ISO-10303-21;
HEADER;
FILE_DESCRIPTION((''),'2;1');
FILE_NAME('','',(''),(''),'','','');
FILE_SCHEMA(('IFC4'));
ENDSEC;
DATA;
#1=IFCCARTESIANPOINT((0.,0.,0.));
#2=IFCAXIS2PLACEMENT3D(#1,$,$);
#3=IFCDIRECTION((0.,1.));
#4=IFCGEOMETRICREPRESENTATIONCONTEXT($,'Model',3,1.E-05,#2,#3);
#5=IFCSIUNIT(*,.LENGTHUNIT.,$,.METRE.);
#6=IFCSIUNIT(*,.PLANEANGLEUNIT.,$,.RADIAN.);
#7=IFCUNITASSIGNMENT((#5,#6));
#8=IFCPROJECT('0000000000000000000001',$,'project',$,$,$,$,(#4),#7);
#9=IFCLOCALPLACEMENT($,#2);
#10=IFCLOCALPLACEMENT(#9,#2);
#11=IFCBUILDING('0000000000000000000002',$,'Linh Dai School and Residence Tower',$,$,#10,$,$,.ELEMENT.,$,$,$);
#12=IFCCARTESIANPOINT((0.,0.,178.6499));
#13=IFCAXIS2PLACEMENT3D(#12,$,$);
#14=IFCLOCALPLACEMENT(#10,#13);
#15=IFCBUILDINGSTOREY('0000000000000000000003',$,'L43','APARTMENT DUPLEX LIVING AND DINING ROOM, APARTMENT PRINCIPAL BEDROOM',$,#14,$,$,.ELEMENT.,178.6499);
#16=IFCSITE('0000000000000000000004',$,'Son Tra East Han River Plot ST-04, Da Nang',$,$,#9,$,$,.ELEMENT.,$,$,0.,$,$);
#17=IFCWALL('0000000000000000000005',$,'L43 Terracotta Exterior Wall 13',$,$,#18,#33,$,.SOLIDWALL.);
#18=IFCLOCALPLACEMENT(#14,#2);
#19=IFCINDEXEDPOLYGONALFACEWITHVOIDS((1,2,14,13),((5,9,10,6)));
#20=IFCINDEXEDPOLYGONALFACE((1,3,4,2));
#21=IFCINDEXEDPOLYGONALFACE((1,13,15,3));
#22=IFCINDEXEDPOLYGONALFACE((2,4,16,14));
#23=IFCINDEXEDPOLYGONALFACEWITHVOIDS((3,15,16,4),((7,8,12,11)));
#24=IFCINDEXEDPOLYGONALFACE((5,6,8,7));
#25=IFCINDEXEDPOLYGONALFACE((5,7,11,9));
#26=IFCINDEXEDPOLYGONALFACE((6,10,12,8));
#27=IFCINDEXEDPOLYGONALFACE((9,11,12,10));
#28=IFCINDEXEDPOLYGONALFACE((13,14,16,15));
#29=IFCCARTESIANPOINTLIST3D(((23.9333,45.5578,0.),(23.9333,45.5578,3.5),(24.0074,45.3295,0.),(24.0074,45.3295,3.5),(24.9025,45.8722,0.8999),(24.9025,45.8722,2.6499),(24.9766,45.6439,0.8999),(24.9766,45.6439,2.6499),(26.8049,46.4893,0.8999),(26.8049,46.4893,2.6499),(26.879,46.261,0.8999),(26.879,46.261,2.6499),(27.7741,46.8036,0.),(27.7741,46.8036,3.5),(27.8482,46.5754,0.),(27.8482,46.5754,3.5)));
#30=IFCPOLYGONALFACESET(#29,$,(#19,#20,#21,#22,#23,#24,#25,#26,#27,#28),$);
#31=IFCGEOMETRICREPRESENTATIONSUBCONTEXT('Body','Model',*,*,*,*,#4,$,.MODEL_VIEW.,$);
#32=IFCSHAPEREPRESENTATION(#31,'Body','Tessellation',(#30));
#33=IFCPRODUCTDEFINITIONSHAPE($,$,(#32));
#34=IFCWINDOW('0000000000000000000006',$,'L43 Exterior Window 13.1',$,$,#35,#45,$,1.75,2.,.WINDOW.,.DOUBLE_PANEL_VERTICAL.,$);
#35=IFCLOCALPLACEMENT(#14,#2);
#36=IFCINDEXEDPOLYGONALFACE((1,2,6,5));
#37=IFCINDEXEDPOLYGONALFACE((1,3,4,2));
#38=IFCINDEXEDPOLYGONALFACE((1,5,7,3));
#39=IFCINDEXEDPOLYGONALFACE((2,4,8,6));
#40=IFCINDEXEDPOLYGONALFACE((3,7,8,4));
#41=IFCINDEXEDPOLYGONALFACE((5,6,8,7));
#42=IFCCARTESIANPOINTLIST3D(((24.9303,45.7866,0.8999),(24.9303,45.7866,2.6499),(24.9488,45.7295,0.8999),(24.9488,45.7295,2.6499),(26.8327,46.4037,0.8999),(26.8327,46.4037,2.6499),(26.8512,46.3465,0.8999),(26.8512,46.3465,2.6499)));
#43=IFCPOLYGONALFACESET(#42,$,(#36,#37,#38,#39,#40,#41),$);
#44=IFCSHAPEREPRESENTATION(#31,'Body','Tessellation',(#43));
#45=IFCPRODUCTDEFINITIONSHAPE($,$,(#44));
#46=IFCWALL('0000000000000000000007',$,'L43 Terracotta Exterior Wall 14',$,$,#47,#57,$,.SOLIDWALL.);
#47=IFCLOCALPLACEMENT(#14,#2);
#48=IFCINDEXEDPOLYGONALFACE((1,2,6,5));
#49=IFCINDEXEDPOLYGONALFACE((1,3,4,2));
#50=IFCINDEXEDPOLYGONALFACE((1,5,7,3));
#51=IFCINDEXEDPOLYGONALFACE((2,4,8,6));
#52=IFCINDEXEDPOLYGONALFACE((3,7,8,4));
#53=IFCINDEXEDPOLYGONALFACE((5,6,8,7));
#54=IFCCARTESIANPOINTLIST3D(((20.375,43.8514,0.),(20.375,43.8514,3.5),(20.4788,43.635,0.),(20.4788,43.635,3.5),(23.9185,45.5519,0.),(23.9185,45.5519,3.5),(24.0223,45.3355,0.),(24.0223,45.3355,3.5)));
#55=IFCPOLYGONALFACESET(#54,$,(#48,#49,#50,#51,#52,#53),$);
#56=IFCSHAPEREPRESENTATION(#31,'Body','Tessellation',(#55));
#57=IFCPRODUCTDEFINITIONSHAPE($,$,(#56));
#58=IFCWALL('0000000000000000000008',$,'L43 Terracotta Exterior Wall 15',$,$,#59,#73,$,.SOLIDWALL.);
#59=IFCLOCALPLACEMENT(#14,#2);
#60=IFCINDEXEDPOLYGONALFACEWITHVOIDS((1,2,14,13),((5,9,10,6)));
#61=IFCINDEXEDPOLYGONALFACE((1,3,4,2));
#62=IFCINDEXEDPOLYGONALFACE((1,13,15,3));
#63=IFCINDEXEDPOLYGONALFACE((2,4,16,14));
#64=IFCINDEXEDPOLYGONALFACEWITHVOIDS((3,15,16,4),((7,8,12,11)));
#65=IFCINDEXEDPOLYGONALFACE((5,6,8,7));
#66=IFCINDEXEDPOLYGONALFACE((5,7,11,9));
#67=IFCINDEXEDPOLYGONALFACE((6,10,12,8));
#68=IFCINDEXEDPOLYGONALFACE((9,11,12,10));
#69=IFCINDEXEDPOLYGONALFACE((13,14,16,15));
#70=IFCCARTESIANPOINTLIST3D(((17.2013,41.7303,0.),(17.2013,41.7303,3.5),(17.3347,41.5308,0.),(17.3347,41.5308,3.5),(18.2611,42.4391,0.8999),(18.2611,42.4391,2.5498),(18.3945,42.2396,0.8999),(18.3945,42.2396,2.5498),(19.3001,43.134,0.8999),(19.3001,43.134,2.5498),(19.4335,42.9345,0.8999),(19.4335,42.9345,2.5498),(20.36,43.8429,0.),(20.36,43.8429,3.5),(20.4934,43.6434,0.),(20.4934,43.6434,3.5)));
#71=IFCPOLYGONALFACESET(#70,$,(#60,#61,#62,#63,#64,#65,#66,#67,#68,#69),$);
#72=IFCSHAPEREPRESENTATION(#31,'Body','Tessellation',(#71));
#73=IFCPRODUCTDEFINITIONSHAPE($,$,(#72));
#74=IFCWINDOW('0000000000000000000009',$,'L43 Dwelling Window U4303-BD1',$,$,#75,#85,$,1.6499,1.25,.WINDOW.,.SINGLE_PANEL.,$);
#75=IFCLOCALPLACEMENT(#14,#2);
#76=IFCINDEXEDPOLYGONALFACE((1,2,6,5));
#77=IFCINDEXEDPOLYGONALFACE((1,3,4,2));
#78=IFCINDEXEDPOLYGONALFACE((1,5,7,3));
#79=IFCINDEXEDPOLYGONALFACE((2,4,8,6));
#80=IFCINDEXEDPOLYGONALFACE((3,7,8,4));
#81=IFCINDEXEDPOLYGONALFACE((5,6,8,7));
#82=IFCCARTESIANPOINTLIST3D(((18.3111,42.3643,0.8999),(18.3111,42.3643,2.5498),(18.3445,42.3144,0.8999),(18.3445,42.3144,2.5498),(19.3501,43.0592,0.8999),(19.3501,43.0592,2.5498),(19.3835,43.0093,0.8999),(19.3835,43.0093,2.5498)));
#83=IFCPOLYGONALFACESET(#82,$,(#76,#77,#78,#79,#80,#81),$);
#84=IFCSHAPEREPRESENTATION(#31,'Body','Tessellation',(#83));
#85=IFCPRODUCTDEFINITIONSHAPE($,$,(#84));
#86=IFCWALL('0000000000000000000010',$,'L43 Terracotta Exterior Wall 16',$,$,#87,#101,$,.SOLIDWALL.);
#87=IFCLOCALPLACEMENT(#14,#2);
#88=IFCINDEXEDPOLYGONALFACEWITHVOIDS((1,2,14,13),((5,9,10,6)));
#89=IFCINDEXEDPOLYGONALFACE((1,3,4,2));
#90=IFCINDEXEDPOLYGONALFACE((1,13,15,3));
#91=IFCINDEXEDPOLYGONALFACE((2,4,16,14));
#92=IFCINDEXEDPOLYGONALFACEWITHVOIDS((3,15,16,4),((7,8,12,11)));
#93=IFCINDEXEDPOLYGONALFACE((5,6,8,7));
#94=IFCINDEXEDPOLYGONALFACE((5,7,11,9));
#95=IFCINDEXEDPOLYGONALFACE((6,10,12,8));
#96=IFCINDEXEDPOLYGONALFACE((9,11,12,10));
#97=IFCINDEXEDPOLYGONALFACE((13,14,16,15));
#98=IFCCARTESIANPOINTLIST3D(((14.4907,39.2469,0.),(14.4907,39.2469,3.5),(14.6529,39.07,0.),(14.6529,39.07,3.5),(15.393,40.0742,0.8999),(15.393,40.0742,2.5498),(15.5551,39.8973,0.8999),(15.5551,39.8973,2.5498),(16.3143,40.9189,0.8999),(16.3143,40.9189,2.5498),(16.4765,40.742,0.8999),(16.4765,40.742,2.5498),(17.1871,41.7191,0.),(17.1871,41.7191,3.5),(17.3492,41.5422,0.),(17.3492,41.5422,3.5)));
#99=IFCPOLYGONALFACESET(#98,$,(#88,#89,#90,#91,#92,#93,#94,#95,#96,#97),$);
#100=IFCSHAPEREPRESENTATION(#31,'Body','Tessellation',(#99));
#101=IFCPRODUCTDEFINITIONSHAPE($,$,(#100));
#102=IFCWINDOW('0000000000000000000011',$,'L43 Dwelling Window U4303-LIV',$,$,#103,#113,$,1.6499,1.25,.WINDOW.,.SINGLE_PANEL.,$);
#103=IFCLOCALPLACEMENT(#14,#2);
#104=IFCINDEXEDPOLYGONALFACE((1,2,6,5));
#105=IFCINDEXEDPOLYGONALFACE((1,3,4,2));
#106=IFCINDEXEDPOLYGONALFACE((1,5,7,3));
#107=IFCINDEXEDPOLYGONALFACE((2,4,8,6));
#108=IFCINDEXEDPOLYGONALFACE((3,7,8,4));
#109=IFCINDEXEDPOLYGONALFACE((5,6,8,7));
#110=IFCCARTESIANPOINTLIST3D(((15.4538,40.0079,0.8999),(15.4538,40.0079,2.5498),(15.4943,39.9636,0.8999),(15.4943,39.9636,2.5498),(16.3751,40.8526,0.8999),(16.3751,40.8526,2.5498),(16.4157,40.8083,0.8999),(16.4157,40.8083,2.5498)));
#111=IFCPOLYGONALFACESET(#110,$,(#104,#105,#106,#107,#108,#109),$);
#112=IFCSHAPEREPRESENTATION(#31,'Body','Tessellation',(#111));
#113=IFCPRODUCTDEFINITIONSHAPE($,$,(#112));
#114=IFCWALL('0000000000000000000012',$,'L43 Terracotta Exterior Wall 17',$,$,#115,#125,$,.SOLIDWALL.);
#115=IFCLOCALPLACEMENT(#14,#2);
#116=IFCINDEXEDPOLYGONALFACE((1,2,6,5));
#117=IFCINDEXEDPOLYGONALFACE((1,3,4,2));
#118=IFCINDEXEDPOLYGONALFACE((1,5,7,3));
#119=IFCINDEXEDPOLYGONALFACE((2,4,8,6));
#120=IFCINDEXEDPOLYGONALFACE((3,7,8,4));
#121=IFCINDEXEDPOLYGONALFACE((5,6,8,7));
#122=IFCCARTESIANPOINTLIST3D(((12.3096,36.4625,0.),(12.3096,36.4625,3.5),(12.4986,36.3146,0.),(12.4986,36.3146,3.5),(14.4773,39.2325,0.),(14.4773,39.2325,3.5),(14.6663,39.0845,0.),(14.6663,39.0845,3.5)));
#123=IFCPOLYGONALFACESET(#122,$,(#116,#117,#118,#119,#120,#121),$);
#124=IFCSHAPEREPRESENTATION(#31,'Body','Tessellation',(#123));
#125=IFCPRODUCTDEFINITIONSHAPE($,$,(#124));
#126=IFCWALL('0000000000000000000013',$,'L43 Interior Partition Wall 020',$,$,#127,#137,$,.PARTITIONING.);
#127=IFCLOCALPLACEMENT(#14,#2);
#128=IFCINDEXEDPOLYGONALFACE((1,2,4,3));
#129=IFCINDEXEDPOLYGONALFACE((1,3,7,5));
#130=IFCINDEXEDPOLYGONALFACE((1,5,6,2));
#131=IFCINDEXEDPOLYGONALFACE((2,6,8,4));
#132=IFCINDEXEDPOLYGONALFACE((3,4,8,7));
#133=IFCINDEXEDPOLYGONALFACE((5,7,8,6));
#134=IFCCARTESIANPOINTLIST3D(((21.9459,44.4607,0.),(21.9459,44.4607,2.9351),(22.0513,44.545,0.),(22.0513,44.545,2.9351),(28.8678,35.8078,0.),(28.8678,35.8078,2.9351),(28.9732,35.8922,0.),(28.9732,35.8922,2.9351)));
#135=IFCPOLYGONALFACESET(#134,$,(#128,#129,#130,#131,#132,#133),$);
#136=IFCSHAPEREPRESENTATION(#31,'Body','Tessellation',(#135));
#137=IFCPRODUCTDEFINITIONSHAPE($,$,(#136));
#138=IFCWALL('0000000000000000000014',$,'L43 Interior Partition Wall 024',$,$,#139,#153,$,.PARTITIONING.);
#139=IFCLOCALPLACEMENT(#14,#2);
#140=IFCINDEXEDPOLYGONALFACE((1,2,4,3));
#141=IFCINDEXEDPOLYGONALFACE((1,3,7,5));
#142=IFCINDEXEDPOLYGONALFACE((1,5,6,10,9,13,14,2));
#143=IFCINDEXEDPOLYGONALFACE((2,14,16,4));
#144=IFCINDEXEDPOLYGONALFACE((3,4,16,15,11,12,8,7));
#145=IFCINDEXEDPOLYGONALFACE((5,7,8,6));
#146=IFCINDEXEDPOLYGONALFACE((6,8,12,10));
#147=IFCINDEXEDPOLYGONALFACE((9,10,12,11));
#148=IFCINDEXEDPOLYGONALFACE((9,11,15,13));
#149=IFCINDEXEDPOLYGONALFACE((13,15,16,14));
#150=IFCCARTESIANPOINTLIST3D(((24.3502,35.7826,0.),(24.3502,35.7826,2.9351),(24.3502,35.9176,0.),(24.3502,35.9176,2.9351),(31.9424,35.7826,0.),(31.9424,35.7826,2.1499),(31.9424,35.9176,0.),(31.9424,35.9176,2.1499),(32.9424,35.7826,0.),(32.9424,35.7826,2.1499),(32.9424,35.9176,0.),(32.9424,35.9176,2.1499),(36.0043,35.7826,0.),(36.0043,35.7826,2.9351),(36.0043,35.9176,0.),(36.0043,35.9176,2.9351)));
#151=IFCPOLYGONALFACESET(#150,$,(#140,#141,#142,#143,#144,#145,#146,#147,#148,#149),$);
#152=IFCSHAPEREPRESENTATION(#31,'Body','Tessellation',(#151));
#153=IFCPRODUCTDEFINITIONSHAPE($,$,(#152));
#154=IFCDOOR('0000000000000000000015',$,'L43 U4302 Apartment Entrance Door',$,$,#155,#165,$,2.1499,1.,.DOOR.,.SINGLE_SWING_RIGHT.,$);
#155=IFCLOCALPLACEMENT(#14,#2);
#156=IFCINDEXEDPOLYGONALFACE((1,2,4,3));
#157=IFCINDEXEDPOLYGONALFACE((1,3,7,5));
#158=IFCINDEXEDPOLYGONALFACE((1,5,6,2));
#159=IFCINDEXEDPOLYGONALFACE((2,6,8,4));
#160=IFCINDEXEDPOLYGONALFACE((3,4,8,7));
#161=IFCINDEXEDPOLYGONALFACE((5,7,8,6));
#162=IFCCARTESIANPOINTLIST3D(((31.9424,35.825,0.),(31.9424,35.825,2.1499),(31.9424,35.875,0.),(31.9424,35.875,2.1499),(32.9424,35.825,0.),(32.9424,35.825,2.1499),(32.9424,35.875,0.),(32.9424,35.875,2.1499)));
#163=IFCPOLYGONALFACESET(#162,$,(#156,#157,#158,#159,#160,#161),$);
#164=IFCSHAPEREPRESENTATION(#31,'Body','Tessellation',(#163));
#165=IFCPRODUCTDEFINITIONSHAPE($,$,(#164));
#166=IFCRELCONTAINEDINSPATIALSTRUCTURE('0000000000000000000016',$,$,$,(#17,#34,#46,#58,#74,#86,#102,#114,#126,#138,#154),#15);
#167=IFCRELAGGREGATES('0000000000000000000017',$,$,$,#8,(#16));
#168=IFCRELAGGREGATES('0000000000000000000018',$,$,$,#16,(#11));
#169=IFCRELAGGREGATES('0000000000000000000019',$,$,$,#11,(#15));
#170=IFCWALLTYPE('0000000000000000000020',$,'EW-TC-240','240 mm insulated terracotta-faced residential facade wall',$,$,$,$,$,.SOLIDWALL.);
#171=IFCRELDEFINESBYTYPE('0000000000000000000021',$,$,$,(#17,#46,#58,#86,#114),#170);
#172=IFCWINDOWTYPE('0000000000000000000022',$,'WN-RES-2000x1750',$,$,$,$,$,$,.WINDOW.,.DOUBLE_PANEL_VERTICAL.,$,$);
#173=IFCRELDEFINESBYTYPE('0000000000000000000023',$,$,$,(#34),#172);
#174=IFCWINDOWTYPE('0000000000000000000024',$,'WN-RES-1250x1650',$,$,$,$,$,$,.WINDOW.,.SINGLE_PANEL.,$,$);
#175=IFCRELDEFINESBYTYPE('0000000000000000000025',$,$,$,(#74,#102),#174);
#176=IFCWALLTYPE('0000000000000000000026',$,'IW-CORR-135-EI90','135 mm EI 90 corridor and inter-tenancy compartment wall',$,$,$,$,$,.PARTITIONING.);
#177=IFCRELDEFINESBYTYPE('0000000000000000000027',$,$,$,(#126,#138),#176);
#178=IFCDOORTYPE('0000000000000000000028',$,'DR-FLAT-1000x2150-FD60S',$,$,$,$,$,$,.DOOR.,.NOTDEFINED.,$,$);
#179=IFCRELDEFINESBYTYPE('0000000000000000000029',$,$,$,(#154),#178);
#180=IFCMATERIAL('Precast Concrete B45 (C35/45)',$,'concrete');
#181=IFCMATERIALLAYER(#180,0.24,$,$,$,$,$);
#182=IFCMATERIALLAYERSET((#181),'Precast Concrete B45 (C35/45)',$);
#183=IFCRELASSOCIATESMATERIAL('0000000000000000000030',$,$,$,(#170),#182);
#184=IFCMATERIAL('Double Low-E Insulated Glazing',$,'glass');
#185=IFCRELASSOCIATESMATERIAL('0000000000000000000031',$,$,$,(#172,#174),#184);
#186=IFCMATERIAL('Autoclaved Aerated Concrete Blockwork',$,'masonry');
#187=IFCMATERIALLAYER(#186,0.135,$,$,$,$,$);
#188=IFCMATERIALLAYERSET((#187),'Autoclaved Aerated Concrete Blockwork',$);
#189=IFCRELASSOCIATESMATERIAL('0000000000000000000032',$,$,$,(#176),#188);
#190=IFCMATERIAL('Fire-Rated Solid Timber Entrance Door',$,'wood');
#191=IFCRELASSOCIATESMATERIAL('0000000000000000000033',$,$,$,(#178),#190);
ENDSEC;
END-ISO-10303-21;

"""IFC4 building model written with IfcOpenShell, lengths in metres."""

from ifc_helpers import new_model, si_unit, direction, frame, frame_2d, origin, origin_2d, place, context, subcontext, project, spatial, rectangle, extrude, source, transform, mapped, material, layer, layer_set, type_object, element, fill, save


model = new_model("IFC4")

# Units and contexts
model_context = context("Model", 3, precision=1e-05, world=origin(), true_north=direction((0.0, 1.0)))
body_context = subcontext(model_context, "Body", "Model", "MODEL_VIEW")
ifc_project = project(units=[si_unit("LENGTHUNIT", "METRE"), si_unit("PLANEANGLEUNIT", "RADIAN")], contexts=[model_context])

# Site, building, storey
site_placement = place(None, origin())
site = spatial("IfcSite", under=ifc_project, at=site_placement, Name="Son Tra East Han River Plot ST-04, Da Nang", CompositionType="ELEMENT", RefElevation=0.0)
building_placement = place(site_placement, origin())
building = spatial("IfcBuilding", under=site, at=building_placement, Name="Linh Dai School and Residence Tower", CompositionType="ELEMENT")
storey_placement = place(building_placement, frame((0.0, 0.0, 178.6499)))
storey = spatial("IfcBuildingStorey", under=building, at=storey_placement, Name="L43", Description="APARTMENT DUPLEX LIVING AND DINING ROOM, APARTMENT PRINCIPAL BEDROOM", CompositionType="ELEMENT", Elevation=178.6499)

# Shared definitions
ifc_material_1 = material(Name="Precast Concrete B45 (C35/45)", Category="concrete")

# Wall, opening, window
ifc_layer_1 = layer(ifc_material_1, 0.24)
ifc_layer_set_1 = layer_set([ifc_layer_1], Name="Precast Concrete B45 (C35/45)")
wall_type_1 = type_object("IfcWallType", Name="EW-TC-240", Description="240 mm insulated terracotta-faced residential facade wall", PredefinedType="SOLIDWALL", material=ifc_layer_set_1)
wall_1_placement = place(storey_placement, frame((23.9702, 45.4436, 0.0), z_axis=(0.0, 0.0, 1.0), x_axis=(0.95121, 0.308545, 0.0)))
wall_1 = element("IfcWall", 1, at=wall_1_placement, inside=storey, type_object=wall_type_1, Name="L43 Terracotta Exterior Wall 13", PredefinedType="SOLIDWALL", context=body_context, shape_type="SweptSolid", body=[
    extrude(rectangle(XDim=4.0378, YDim=0.24, at=frame_2d((2.019, 0.0))), origin(), (0.0, 0.0, 1.0), 3.5),
])
opening_1_placement = place(wall_1_placement, frame((1.019, 0.0, 0.8999)))
opening_1 = element("IfcOpeningElement", 2, at=opening_1_placement, cuts=wall_1, PredefinedType="OPENING", context=body_context, shape_type="SweptSolid", body=[
    extrude(rectangle(XDim=2.0, YDim=1.75, at=origin_2d()), frame((1.0, 0.1299, 0.875), z_axis=(0.0, -1.0, 0.0), x_axis=(1.0, 0.0, 0.0)), (0.0, 0.0, 1.0), 0.26),
])
ifc_material_2 = material(Name="Double Low-E Insulated Glazing", Category="glass")
window_type_1 = type_object("IfcWindowType", Name="WN-RES-2000x1750", PartitioningType="DOUBLE_PANEL_VERTICAL", PredefinedType="WINDOW", material=ifc_material_2)
shared_shape_1 = source(origin(), body_context, "Body", "SweptSolid", [
    extrude(rectangle(XDim=2.0, YDim=1.75, at=origin_2d()), frame((1.0, 0.03, 0.875), z_axis=(0.0, -1.0, 0.0), x_axis=(1.0, 0.0, 0.0)), (0.0, 0.0, 1.0), 0.0601),
])
window_1_placement = place(opening_1_placement, origin())
window_1 = element("IfcWindow", 3, at=window_1_placement, inside=storey, type_object=window_type_1, Name="L43 Exterior Window 13.1", OverallHeight=1.75, OverallWidth=2.0, PartitioningType="DOUBLE_PANEL_VERTICAL", PredefinedType="WINDOW", context=body_context, shape_type="MappedRepresentation", body=[
    mapped(shared_shape_1, transform((0.0, 0.0, 0.0), x_axis=(1.0, 0.0, 0.0), y_axis=(0.0, 1.0, 0.0), z_axis=(0.0, 0.0, 1.0), scale=1.0)),
])
fill(opening_1, window_1)

# Wall
wall_2_placement = place(storey_placement, frame((20.4268, 43.7432, 0.0), z_axis=(0.0, 0.0, 1.0), x_axis=(0.901565, 0.432644, 0.0)))
element("IfcWall", 4, at=wall_2_placement, inside=storey, type_object=wall_type_1, Name="L43 Terracotta Exterior Wall 14", PredefinedType="SOLIDWALL", context=body_context, shape_type="SweptSolid", body=[
    extrude(rectangle(XDim=3.9304, YDim=0.24, at=frame_2d((1.9653, 0.0))), origin(), (0.0, 0.0, 1.0), 3.5),
])

# Walls, openings, windows
wall_3_placement = place(storey_placement, frame((17.2681, 41.6306, 0.0), z_axis=(0.0, 0.0, 1.0), x_axis=(0.831229, 0.55593, 0.0)))
wall_3 = element("IfcWall", 5, at=wall_3_placement, inside=storey, type_object=wall_type_1, Name="L43 Terracotta Exterior Wall 15", PredefinedType="SOLIDWALL", context=body_context, shape_type="SweptSolid", body=[
    extrude(rectangle(XDim=3.8, YDim=0.24, at=frame_2d((1.8999, 0.0))), origin(), (0.0, 0.0, 1.0), 3.5),
])
opening_2_placement = place(wall_3_placement, frame((1.2749, 0.0, 0.8999)))
opening_2 = element("IfcOpeningElement", 6, at=opening_2_placement, cuts=wall_3, PredefinedType="OPENING", context=body_context, shape_type="SweptSolid", body=[
    extrude(rectangle(XDim=1.25, YDim=1.6499, at=origin_2d()), frame((0.625, 0.1299, 0.825), z_axis=(0.0, -1.0, 0.0), x_axis=(1.0, 0.0, 0.0)), (0.0, 0.0, 1.0), 0.26),
])
window_type_2 = type_object("IfcWindowType", Name="WN-RES-1250x1650", PartitioningType="SINGLE_PANEL", PredefinedType="WINDOW", material=ifc_material_2)
shared_shape_2 = source(origin(), body_context, "Body", "SweptSolid", [
    extrude(rectangle(XDim=1.25, YDim=1.6499, at=origin_2d()), frame((0.625, 0.03, 0.825), z_axis=(0.0, -1.0, 0.0), x_axis=(1.0, 0.0, 0.0)), (0.0, 0.0, 1.0), 0.0601),
])
window_2_placement = place(opening_2_placement, origin())
window_2 = element("IfcWindow", 7, at=window_2_placement, inside=storey, type_object=window_type_2, Name="L43 Dwelling Window U4303-BD1", OverallHeight=1.6499, OverallWidth=1.25, PartitioningType="SINGLE_PANEL", PredefinedType="WINDOW", context=body_context, shape_type="MappedRepresentation", body=[
    mapped(shared_shape_2, transform((0.0, 0.0, 0.0), x_axis=(1.0, 0.0, 0.0), y_axis=(0.0, 1.0, 0.0), z_axis=(0.0, 0.0, 1.0), scale=1.0)),
])
fill(opening_2, window_2)
wall_4_placement = place(storey_placement, frame((14.5718, 39.1584, 0.0), z_axis=(0.0, 0.0, 1.0), x_axis=(0.737077, 0.675809, 0.0)))
wall_4 = element("IfcWall", 8, at=wall_4_placement, inside=storey, type_object=wall_type_1, Name="L43 Terracotta Exterior Wall 16", PredefinedType="SOLIDWALL", context=body_context, shape_type="SweptSolid", body=[
    extrude(rectangle(XDim=3.6582, YDim=0.24, at=frame_2d((1.8291, 0.0))), origin(), (0.0, 0.0, 1.0), 3.5),
])
opening_3_placement = place(wall_4_placement, frame((1.2241, 0.0, 0.8999)))
opening_3 = element("IfcOpeningElement", 9, at=opening_3_placement, cuts=wall_4, PredefinedType="OPENING", context=body_context, shape_type="SweptSolid", body=[
    extrude(rectangle(XDim=1.25, YDim=1.6499, at=origin_2d()), frame((0.625, 0.1299, 0.825), z_axis=(0.0, -1.0, 0.0), x_axis=(1.0, 0.0, 0.0)), (0.0, 0.0, 1.0), 0.26),
])
window_3_placement = place(opening_3_placement, origin())
window_3 = element("IfcWindow", 10, at=window_3_placement, inside=storey, type_object=window_type_2, Name="L43 Dwelling Window U4303-LIV", OverallHeight=1.6499, OverallWidth=1.25, PartitioningType="SINGLE_PANEL", PredefinedType="WINDOW", context=body_context, shape_type="MappedRepresentation", body=[
    mapped(shared_shape_2, transform((0.0, 0.0, 0.0), x_axis=(1.0, 0.0, 0.0), y_axis=(0.0, 1.0, 0.0), z_axis=(0.0, 0.0, 1.0), scale=1.0)),
])
fill(opening_3, window_3)

# Walls
wall_5_placement = place(storey_placement, frame((12.4041, 36.3884, 0.0), z_axis=(0.0, 0.0, 1.0), x_axis=(0.616288, 0.787521, 0.0)))
element("IfcWall", 11, at=wall_5_placement, inside=storey, type_object=wall_type_1, Name="L43 Terracotta Exterior Wall 17", PredefinedType="SOLIDWALL", context=body_context, shape_type="SweptSolid", body=[
    extrude(rectangle(XDim=3.5173, YDim=0.24, at=frame_2d((1.7588, 0.0))), origin(), (0.0, 0.0, 1.0), 3.5),
])
ifc_material_3 = material(Name="Autoclaved Aerated Concrete Blockwork", Category="masonry")
ifc_layer_2 = layer(ifc_material_3, 0.135)
ifc_layer_set_2 = layer_set([ifc_layer_2], Name="Autoclaved Aerated Concrete Blockwork")
wall_type_2 = type_object("IfcWallType", Name="IW-CORR-135-EI90", Description="135 mm EI 90 corridor and inter-tenancy compartment wall", PredefinedType="PARTITIONING", material=ifc_layer_set_2)
wall_6_placement = place(storey_placement, frame((21.9985, 44.5029, 0.0), z_axis=(0.0, 0.0, 1.0), x_axis=(0.624674, -0.780886, 0.0)))
element("IfcWall", 12, at=wall_6_placement, inside=storey, type_object=wall_type_2, Name="L43 Interior Partition Wall 020", PredefinedType="PARTITIONING", context=body_context, shape_type="SweptSolid", body=[
    extrude(rectangle(XDim=11.0808, YDim=0.135, at=frame_2d((5.5405, 0.0))), origin(), (0.0, 0.0, 1.0), 2.9351),
])

# Wall, opening, door
wall_7_placement = place(storey_placement, frame((24.3501, 35.8501, 0.0), z_axis=(0.0, 0.0, 1.0), x_axis=(1.0, 0.0, 0.0)))
wall_7 = element("IfcWall", 13, at=wall_7_placement, inside=storey, type_object=wall_type_2, Name="L43 Interior Partition Wall 024", PredefinedType="PARTITIONING", context=body_context, shape_type="SweptSolid", body=[
    extrude(rectangle(XDim=11.6541, YDim=0.135, at=frame_2d((5.8271, 0.0))), origin(), (0.0, 0.0, 1.0), 2.9351),
])
opening_4_placement = place(wall_7_placement, frame((7.5923, 0.0, 0.0)))
opening_4 = element("IfcOpeningElement", 14, at=opening_4_placement, cuts=wall_7, PredefinedType="OPENING", context=body_context, shape_type="SweptSolid", body=[
    extrude(rectangle(XDim=1.0, YDim=2.1499, at=origin_2d()), frame((0.5, 0.0776, 1.075), z_axis=(0.0, -1.0, 0.0), x_axis=(1.0, 0.0, 0.0)), (0.0, 0.0, 1.0), 0.155),
])
ifc_material_4 = material(Name="Fire-Rated Solid Timber Entrance Door", Category="wood")
door_type_1 = type_object("IfcDoorType", Name="DR-FLAT-1000x2150-FD60S", OperationType="NOTDEFINED", PredefinedType="DOOR", material=ifc_material_4)
shared_shape_3 = source(origin(), body_context, "Body", "SweptSolid", [
    extrude(rectangle(XDim=1.0, YDim=2.1499, at=origin_2d()), frame((0.5, 0.0249, 1.075), z_axis=(0.0, -1.0, 0.0), x_axis=(1.0, 0.0, 0.0)), (0.0, 0.0, 1.0), 0.05),
])
door_1_placement = place(opening_4_placement, origin())
door_1 = element("IfcDoor", 15, at=door_1_placement, inside=storey, type_object=door_type_1, Name="L43 U4302 Apartment Entrance Door", OperationType="SINGLE_SWING_RIGHT", OverallHeight=2.1499, OverallWidth=1.0, PredefinedType="DOOR", context=body_context, shape_type="MappedRepresentation", body=[
    mapped(shared_shape_3, transform((0.0, 0.0, 0.0), x_axis=(1.0, 0.0, 0.0), y_axis=(0.0, 1.0, 0.0), z_axis=(0.0, 0.0, 1.0), scale=1.0)),
])
fill(opening_4, door_1)

save(model, "model.ifc")
